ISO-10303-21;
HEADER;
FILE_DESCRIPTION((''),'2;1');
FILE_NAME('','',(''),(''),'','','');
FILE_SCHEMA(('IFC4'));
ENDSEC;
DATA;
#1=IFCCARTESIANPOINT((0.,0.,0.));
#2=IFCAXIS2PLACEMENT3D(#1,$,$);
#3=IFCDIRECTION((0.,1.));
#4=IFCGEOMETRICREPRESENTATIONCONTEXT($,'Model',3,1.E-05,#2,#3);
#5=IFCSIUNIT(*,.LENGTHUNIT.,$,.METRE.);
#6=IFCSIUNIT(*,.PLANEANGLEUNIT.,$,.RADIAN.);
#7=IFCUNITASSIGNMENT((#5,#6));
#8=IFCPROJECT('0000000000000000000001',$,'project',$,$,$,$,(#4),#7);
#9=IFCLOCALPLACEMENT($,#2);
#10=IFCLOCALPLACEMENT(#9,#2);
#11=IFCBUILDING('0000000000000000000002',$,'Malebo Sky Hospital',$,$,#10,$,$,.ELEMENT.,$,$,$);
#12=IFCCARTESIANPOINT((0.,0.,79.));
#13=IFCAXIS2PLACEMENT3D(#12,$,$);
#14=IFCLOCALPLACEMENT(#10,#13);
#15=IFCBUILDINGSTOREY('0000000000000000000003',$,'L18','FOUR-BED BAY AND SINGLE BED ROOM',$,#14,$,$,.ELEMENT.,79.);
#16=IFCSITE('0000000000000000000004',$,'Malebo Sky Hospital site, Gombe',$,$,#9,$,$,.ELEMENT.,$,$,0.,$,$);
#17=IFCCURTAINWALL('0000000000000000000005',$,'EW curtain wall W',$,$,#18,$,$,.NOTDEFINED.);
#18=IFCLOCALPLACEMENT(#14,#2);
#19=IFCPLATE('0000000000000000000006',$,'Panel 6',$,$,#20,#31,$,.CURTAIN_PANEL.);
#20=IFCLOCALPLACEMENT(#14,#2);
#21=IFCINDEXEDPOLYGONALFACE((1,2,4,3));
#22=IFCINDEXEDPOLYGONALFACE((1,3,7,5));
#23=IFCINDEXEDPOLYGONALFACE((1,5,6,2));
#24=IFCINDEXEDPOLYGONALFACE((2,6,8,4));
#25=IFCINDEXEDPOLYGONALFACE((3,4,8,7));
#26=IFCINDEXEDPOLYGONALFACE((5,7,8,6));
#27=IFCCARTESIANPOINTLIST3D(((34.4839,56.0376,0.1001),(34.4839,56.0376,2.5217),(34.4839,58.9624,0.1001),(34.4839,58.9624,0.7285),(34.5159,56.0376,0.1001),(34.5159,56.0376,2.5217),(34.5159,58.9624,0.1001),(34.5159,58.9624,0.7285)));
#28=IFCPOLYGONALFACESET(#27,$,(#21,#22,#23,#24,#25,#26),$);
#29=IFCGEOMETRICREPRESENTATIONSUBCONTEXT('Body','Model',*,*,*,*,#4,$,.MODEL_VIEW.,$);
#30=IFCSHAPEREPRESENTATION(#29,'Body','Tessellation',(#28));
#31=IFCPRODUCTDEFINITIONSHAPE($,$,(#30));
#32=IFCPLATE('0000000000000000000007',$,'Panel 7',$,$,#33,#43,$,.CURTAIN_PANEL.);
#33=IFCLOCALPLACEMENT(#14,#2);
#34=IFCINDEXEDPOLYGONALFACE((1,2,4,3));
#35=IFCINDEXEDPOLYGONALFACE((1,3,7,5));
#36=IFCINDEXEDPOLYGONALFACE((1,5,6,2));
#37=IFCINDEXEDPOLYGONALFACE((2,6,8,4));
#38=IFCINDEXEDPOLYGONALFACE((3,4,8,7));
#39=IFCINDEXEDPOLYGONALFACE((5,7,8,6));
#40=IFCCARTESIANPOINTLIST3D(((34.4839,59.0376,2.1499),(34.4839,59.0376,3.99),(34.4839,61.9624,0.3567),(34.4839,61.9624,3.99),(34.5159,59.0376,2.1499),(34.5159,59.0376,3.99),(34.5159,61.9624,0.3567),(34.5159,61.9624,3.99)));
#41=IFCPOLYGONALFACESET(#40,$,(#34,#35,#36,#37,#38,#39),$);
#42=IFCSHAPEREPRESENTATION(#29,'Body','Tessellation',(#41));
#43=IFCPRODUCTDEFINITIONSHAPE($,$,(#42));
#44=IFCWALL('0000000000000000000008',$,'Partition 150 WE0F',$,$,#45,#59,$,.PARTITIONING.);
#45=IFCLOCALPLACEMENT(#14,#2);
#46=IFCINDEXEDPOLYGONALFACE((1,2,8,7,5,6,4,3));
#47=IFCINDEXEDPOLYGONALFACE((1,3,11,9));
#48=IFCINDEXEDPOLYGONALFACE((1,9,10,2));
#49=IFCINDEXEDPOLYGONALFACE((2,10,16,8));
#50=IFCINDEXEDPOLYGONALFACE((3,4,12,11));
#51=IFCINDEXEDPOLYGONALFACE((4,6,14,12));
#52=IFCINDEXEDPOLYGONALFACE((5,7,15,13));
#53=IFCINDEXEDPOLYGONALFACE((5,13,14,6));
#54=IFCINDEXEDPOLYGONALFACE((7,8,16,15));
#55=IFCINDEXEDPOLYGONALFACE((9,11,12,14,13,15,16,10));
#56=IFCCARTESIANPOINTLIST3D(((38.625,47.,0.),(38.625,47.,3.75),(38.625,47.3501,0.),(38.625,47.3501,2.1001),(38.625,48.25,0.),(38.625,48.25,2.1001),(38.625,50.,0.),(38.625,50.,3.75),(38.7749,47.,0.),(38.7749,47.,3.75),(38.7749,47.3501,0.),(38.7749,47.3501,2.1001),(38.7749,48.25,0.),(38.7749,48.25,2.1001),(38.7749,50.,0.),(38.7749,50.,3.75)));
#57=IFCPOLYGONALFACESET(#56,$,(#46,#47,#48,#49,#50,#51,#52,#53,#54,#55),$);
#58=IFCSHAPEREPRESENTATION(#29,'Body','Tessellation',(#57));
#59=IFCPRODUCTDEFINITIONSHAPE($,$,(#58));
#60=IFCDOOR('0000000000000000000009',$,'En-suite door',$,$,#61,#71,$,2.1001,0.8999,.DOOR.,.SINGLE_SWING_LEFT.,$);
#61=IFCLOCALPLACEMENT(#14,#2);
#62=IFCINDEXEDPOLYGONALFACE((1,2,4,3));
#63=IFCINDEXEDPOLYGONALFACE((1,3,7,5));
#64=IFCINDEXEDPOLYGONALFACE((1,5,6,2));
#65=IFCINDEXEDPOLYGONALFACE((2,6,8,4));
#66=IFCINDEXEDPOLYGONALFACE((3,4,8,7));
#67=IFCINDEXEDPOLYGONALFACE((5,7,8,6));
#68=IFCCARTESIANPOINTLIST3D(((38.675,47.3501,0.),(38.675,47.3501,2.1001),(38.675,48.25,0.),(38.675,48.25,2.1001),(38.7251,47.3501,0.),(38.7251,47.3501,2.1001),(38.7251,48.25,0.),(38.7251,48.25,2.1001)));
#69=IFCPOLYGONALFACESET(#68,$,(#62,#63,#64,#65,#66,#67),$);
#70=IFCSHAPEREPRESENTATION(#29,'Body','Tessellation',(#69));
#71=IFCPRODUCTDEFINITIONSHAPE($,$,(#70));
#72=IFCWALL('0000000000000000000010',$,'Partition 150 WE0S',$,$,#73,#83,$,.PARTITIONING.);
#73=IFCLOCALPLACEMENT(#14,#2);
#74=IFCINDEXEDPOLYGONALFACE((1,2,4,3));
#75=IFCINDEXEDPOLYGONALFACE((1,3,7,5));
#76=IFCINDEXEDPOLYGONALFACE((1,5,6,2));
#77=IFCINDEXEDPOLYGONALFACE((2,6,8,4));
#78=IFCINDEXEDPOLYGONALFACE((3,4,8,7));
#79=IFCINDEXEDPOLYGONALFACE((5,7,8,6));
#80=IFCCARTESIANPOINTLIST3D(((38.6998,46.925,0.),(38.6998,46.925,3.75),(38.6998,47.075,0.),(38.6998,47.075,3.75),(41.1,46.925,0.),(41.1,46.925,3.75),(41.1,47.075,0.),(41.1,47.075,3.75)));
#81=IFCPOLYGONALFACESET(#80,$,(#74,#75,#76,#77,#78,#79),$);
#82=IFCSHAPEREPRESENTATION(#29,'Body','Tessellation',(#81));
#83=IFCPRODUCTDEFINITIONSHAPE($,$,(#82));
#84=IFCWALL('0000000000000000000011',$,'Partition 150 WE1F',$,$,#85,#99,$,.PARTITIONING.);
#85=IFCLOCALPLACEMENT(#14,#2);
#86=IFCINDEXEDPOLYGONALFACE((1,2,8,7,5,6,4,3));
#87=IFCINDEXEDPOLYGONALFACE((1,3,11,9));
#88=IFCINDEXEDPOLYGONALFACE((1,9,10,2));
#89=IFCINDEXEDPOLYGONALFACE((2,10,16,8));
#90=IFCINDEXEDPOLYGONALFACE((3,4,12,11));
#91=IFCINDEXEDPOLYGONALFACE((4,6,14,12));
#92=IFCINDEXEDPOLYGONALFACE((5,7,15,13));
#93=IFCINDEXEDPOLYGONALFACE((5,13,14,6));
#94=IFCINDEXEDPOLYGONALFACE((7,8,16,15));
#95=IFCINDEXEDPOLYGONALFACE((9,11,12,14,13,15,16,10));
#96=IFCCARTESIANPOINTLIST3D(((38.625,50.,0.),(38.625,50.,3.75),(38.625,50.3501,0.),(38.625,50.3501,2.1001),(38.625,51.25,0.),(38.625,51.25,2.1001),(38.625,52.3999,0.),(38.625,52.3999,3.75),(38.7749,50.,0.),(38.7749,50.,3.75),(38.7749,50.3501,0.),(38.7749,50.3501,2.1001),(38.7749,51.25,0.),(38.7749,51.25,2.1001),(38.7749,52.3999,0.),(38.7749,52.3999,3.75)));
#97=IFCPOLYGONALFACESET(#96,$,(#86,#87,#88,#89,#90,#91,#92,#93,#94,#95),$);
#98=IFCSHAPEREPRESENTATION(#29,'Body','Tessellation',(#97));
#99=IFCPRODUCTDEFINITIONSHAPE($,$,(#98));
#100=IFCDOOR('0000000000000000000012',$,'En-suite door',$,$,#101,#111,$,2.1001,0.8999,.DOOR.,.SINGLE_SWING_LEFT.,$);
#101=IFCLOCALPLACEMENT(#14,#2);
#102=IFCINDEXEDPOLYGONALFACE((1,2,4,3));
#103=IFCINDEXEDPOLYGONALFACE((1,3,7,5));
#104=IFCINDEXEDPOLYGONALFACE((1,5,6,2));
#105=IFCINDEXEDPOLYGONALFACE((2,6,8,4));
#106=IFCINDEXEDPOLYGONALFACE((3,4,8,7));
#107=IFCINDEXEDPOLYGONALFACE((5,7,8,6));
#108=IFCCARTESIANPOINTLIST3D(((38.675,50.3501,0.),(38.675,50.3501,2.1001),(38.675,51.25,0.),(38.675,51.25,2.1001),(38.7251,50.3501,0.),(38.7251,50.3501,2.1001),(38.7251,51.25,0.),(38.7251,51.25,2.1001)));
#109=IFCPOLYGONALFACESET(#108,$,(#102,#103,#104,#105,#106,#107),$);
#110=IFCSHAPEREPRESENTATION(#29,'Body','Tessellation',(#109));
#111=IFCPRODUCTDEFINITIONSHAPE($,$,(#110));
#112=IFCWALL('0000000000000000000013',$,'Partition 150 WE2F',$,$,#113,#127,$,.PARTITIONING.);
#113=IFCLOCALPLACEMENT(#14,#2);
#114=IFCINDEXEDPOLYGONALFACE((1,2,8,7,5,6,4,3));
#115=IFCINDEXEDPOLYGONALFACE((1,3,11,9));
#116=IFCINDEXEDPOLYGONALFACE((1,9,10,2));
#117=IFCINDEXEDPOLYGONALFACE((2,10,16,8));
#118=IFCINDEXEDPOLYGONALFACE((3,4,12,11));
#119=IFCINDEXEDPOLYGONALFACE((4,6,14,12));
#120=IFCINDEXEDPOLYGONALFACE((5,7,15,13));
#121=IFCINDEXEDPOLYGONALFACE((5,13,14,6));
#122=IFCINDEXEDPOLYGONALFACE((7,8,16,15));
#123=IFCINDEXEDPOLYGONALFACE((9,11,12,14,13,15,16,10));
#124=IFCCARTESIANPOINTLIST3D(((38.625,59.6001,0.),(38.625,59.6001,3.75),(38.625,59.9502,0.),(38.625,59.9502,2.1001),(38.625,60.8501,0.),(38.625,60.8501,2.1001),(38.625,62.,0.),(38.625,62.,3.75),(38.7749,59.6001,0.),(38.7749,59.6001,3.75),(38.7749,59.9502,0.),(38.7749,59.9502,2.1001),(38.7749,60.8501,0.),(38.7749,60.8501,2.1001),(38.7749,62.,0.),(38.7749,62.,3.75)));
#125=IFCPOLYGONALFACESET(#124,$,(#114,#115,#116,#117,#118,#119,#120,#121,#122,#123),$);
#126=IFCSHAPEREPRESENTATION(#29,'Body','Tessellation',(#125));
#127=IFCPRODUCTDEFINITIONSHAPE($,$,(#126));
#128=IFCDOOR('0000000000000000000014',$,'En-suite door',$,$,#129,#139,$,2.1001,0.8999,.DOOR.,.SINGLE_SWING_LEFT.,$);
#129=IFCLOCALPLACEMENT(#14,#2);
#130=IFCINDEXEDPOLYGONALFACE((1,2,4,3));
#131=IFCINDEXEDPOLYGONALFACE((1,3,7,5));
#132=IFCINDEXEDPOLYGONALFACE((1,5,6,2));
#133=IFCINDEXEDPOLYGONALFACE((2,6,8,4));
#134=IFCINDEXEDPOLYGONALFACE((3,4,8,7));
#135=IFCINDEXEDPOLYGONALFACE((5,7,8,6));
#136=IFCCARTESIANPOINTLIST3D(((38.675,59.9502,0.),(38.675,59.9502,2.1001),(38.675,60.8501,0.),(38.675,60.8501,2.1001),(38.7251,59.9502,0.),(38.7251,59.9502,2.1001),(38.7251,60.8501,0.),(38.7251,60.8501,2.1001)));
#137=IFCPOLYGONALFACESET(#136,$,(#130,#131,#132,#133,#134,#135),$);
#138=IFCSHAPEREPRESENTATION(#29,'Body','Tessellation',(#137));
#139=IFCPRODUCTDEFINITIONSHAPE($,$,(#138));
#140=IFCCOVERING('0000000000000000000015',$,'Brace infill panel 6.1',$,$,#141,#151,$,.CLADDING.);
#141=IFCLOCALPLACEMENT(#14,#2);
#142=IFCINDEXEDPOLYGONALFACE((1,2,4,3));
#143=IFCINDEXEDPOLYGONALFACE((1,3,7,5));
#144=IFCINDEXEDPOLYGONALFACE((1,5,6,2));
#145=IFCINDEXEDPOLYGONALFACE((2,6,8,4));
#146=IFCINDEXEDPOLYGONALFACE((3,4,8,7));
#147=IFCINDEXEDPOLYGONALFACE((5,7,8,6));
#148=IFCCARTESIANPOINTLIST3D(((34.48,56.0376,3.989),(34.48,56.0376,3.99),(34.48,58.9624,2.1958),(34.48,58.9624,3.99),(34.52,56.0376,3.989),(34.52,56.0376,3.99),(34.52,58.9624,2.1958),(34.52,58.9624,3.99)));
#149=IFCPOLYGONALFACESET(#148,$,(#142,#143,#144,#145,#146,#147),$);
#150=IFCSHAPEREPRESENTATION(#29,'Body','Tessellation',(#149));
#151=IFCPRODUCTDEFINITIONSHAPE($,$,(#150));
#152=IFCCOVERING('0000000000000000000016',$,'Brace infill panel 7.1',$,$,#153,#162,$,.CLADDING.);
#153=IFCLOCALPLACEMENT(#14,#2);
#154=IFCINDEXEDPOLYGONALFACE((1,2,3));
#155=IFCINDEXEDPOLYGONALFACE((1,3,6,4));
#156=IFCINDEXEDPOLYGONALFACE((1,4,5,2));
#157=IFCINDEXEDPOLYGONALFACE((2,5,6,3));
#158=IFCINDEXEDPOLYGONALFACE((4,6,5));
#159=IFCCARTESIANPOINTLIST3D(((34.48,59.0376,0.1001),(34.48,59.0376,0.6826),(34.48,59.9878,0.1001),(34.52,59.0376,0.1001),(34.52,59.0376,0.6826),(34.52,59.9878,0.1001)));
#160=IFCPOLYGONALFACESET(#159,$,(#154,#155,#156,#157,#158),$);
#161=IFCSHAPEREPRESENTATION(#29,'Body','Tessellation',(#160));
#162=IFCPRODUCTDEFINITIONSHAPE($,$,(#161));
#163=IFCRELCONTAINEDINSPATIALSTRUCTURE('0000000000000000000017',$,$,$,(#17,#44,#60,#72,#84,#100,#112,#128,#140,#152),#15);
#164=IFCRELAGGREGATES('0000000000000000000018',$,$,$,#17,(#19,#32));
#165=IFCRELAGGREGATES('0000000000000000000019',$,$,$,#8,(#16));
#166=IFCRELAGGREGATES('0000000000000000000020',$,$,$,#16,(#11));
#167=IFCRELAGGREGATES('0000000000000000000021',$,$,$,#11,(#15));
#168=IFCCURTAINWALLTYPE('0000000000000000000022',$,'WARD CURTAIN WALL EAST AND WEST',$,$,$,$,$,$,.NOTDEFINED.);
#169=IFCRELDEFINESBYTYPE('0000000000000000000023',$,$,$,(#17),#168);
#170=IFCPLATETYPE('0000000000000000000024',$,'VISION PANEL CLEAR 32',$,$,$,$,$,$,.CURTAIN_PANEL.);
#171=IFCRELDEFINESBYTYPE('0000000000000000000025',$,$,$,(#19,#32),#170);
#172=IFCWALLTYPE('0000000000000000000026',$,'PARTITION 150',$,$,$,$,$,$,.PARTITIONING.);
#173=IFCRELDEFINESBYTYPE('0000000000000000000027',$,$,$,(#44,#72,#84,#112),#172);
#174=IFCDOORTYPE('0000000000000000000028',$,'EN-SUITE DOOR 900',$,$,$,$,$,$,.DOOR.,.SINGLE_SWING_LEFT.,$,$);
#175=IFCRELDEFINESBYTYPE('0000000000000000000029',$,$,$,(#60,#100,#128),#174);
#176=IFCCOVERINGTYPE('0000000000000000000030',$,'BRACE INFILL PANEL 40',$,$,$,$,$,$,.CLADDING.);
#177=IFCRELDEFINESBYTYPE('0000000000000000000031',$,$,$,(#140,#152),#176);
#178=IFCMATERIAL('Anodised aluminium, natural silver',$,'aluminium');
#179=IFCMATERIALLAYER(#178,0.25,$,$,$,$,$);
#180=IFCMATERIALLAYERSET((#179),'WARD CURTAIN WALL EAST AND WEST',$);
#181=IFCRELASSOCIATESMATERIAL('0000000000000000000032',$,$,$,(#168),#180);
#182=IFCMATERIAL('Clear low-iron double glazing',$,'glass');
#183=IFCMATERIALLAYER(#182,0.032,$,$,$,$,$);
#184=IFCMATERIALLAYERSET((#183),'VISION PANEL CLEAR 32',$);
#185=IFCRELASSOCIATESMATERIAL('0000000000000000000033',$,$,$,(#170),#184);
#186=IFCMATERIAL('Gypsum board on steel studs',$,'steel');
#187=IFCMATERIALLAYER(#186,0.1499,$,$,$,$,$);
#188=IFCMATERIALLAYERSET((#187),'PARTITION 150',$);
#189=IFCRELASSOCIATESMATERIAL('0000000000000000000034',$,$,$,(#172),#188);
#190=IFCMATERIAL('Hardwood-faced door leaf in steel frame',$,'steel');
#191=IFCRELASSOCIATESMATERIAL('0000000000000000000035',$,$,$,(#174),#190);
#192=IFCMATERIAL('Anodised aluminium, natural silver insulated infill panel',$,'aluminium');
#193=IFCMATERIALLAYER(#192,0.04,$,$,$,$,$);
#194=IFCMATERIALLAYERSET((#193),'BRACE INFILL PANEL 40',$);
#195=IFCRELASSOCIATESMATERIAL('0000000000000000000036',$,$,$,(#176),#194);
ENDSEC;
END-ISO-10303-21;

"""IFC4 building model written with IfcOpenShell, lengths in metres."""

from ifc_helpers import new_model, si_unit, direction, frame, frame_2d, origin, place, context, subcontext, project, spatial, polyline, rectangle, outline, extrude, material, layer, layer_set, type_object, element, fill, aggregate, save


model = new_model("IFC4")

# Units and contexts
model_context = context("Model", 3, precision=1e-05, world=origin(), true_north=direction((0.0, 1.0)))
body_context = subcontext(model_context, "Body", "Model", "MODEL_VIEW")
ifc_project = project(units=[si_unit("LENGTHUNIT", "METRE"), si_unit("PLANEANGLEUNIT", "RADIAN")], contexts=[model_context])

# Site, building, storey
site_placement = place(None, origin())
site = spatial("IfcSite", under=ifc_project, at=site_placement, Name="Malebo Sky Hospital site, Gombe", CompositionType="ELEMENT", RefElevation=0.0)
building_placement = place(site_placement, origin())
building = spatial("IfcBuilding", under=site, at=building_placement, Name="Malebo Sky Hospital", CompositionType="ELEMENT")
storey_placement = place(building_placement, frame((0.0, 0.0, 79.0)))
storey = spatial("IfcBuildingStorey", under=building, at=storey_placement, Name="L18", Description="FOUR-BED BAY AND SINGLE BED ROOM", CompositionType="ELEMENT", Elevation=79.0)

# Curtain wall
ifc_material_1 = material(Name="Anodised aluminium, natural silver", Category="aluminium")
ifc_layer_1 = layer(ifc_material_1, 0.25)
ifc_layer_set_1 = layer_set([ifc_layer_1], Name="WARD CURTAIN WALL EAST AND WEST")
curtain_wall_type = type_object("IfcCurtainWallType", Name="WARD CURTAIN WALL EAST AND WEST", PredefinedType="NOTDEFINED", material=ifc_layer_set_1)
curtain_wall_placement = place(storey_placement, origin())
curtain_wall = element("IfcCurtainWall", 1, at=curtain_wall_placement, inside=storey, type_object=curtain_wall_type, Name="EW curtain wall W", PredefinedType="NOTDEFINED")

# Plates
ifc_material_2 = material(Name="Clear low-iron double glazing", Category="glass")
ifc_layer_2 = layer(ifc_material_2, 0.032)
ifc_layer_set_2 = layer_set([ifc_layer_2], Name="VISION PANEL CLEAR 32")
plate_type = type_object("IfcPlateType", Name="VISION PANEL CLEAR 32", PredefinedType="CURTAIN_PANEL", material=ifc_layer_set_2)
plate_1_placement = place(storey_placement, frame((34.5, 57.5, 0.1001), z_axis=(0.0, 0.0, 1.0), x_axis=(0.0, 1.0, 0.0)))
plate_1 = element("IfcPlate", 2, at=plate_1_placement, type_object=plate_type, Name="Panel 6", PredefinedType="CURTAIN_PANEL", context=body_context, shape_type="SweptSolid", body=[
    extrude(outline(polyline([(-1.4624, 0.0), (1.4624, 0.0), (1.4624, 0.6284), (-1.4624, 2.4216), (-1.4624, 0.0)])), frame((0.0, 0.0161, 0.0), z_axis=(0.0, -1.0, 0.0), x_axis=(1.0, 0.0, 0.0)), (0.0, 0.0, 1.0), 0.032),
])
plate_2_placement = place(storey_placement, frame((34.5, 60.5, 0.3567), z_axis=(0.0, 0.0, 1.0), x_axis=(0.0, 1.0, 0.0)))
plate_2 = element("IfcPlate", 3, at=plate_2_placement, type_object=plate_type, Name="Panel 7", PredefinedType="CURTAIN_PANEL", context=body_context, shape_type="SweptSolid", body=[
    extrude(outline(polyline([(1.4624, 0.0), (1.4624, 3.6333), (-1.4624, 3.6333), (-1.4624, 1.7932), (1.4624, 0.0)])), frame((0.0, 0.0161, 0.0), z_axis=(0.0, -1.0, 0.0), x_axis=(1.0, 0.0, 0.0)), (0.0, 0.0, 1.0), 0.032),
])
aggregate(curtain_wall, [plate_1, plate_2])

# Wall, opening, door
ifc_material_3 = material(Name="Gypsum board on steel studs", Category="steel")
ifc_layer_3 = layer(ifc_material_3, 0.1499)
ifc_layer_set_3 = layer_set([ifc_layer_3], Name="PARTITION 150")
wall_type = type_object("IfcWallType", Name="PARTITION 150", PredefinedType="PARTITIONING", material=ifc_layer_set_3)
wall_1_placement = place(storey_placement, frame((38.7, 47.0, 0.0), z_axis=(0.0, 0.0, 1.0), x_axis=(0.0, 1.0, 0.0)))
wall_1 = element("IfcWall", 4, at=wall_1_placement, inside=storey, type_object=wall_type, Name="Partition 150 WE0F", PredefinedType="PARTITIONING", context=body_context, shape_type="SweptSolid", body=[
    extrude(rectangle(XDim=3.0, YDim=0.1499, at=frame_2d((1.5, 0.0))), origin(), (0.0, 0.0, 1.0), 3.75),
])
opening_1_placement = place(wall_1_placement, frame((0.3501, 0.0, 0.0)))
opening_1 = element("IfcOpeningElement", 5, at=opening_1_placement, cuts=wall_1, PredefinedType="OPENING", context=body_context, shape_type="SweptSolid", body=[
    extrude(rectangle(XDim=0.8999, YDim=2.1001, at=frame_2d((0.45, 1.05))), frame((0.0, 0.085, 0.0), z_axis=(0.0, -1.0, 0.0), x_axis=(1.0, 0.0, 0.0)), (0.0, 0.0, 1.0), 0.1699),
])
ifc_material_4 = material(Name="Hardwood-faced door leaf in steel frame", Category="steel")
door_type = type_object("IfcDoorType", Name="EN-SUITE DOOR 900", OperationType="SINGLE_SWING_LEFT", PredefinedType="DOOR", material=ifc_material_4)
door_1_placement = place(opening_1_placement, origin())
door_1 = element("IfcDoor", 6, at=door_1_placement, inside=storey, type_object=door_type, Name="En-suite door", OperationType="SINGLE_SWING_LEFT", OverallHeight=2.1001, OverallWidth=0.8999, PredefinedType="DOOR", context=body_context, shape_type="SweptSolid", body=[
    extrude(rectangle(XDim=0.8999, YDim=2.1001, at=frame_2d((0.45, 1.05))), frame((0.0, 0.0249, 0.0), z_axis=(0.0, -1.0, 0.0), x_axis=(1.0, 0.0, 0.0)), (0.0, 0.0, 1.0), 0.05),
])
fill(opening_1, door_1)

# Wall
wall_2_placement = place(storey_placement, frame((41.1001, 47.0, 0.0), z_axis=(0.0, 0.0, 1.0), x_axis=(-1.0, 0.0, 0.0)))
element("IfcWall", 7, at=wall_2_placement, inside=storey, type_object=wall_type, Name="Partition 150 WE0S", PredefinedType="PARTITIONING", context=body_context, shape_type="SweptSolid", body=[
    extrude(rectangle(XDim=2.4001, YDim=0.1499, at=frame_2d((1.2002, 0.0))), origin(), (0.0, 0.0, 1.0), 3.75),
])

# Walls, openings, doors
wall_3_placement = place(storey_placement, frame((38.7, 50.0, 0.0), z_axis=(0.0, 0.0, 1.0), x_axis=(0.0, 1.0, 0.0)))
wall_3 = element("IfcWall", 8, at=wall_3_placement, inside=storey, type_object=wall_type, Name="Partition 150 WE1F", PredefinedType="PARTITIONING", context=body_context, shape_type="SweptSolid", body=[
    extrude(rectangle(XDim=2.3999, YDim=0.1499, at=frame_2d((1.2, 0.0))), origin(), (0.0, 0.0, 1.0), 3.75),
])
opening_2_placement = place(wall_3_placement, frame((0.3501, 0.0, 0.0)))
opening_2 = element("IfcOpeningElement", 9, at=opening_2_placement, cuts=wall_3, PredefinedType="OPENING", context=body_context, shape_type="SweptSolid", body=[
    extrude(rectangle(XDim=0.8999, YDim=2.1001, at=frame_2d((0.45, 1.05))), frame((0.0, 0.085, 0.0), z_axis=(0.0, -1.0, 0.0), x_axis=(1.0, 0.0, 0.0)), (0.0, 0.0, 1.0), 0.1699),
])
door_2_placement = place(opening_2_placement, origin())
door_2 = element("IfcDoor", 10, at=door_2_placement, inside=storey, type_object=door_type, Name="En-suite door", OperationType="SINGLE_SWING_LEFT", OverallHeight=2.1001, OverallWidth=0.8999, PredefinedType="DOOR", context=body_context, shape_type="SweptSolid", body=[
    extrude(rectangle(XDim=0.8999, YDim=2.1001, at=frame_2d((0.45, 1.05))), frame((0.0, 0.0249, 0.0), z_axis=(0.0, -1.0, 0.0), x_axis=(1.0, 0.0, 0.0)), (0.0, 0.0, 1.0), 0.05),
])
fill(opening_2, door_2)
wall_4_placement = place(storey_placement, frame((38.7, 59.6001, 0.0), z_axis=(0.0, 0.0, 1.0), x_axis=(0.0, 1.0, 0.0)))
wall_4 = element("IfcWall", 11, at=wall_4_placement, inside=storey, type_object=wall_type, Name="Partition 150 WE2F", PredefinedType="PARTITIONING", context=body_context, shape_type="SweptSolid", body=[
    extrude(rectangle(XDim=2.3999, YDim=0.1499, at=frame_2d((1.2, 0.0))), origin(), (0.0, 0.0, 1.0), 3.75),
])
opening_3_placement = place(wall_4_placement, frame((0.3501, 0.0, 0.0)))
opening_3 = element("IfcOpeningElement", 12, at=opening_3_placement, cuts=wall_4, PredefinedType="OPENING", context=body_context, shape_type="SweptSolid", body=[
    extrude(rectangle(XDim=0.8999, YDim=2.1001, at=frame_2d((0.45, 1.05))), frame((0.0, 0.085, 0.0), z_axis=(0.0, -1.0, 0.0), x_axis=(1.0, 0.0, 0.0)), (0.0, 0.0, 1.0), 0.1699),
])
door_3_placement = place(opening_3_placement, origin())
door_3 = element("IfcDoor", 13, at=door_3_placement, inside=storey, type_object=door_type, Name="En-suite door", OperationType="SINGLE_SWING_LEFT", OverallHeight=2.1001, OverallWidth=0.8999, PredefinedType="DOOR", context=body_context, shape_type="SweptSolid", body=[
    extrude(rectangle(XDim=0.8999, YDim=2.1001, at=frame_2d((0.45, 1.05))), frame((0.0, 0.0249, 0.0), z_axis=(0.0, -1.0, 0.0), x_axis=(1.0, 0.0, 0.0)), (0.0, 0.0, 1.0), 0.05),
])
fill(opening_3, door_3)

# Coverings
ifc_material_5 = material(Name="Anodised aluminium, natural silver insulated infill panel", Category="aluminium")
ifc_layer_4 = layer(ifc_material_5, 0.04)
ifc_layer_set_4 = layer_set([ifc_layer_4], Name="BRACE INFILL PANEL 40")
covering_type = type_object("IfcCoveringType", Name="BRACE INFILL PANEL 40", PredefinedType="CLADDING", material=ifc_layer_set_4)
covering_1_placement = place(storey_placement, frame((34.5, 57.5, 2.1958), z_axis=(0.0, 0.0, 1.0), x_axis=(0.0, 1.0, 0.0)))
element("IfcCovering", 14, at=covering_1_placement, inside=storey, type_object=covering_type, Name="Brace infill panel 6.1", PredefinedType="CLADDING", context=body_context, shape_type="SweptSolid", body=[
    extrude(outline(polyline([(1.4624, 0.0), (1.4624, 1.7942), (-1.4624, 1.7942), (-1.4624, 1.7932), (1.4624, 0.0)])), frame((0.0, 0.02, 0.0), z_axis=(0.0, -1.0, 0.0), x_axis=(1.0, 0.0, 0.0)), (0.0, 0.0, 1.0), 0.04),
])
covering_2_placement = place(storey_placement, frame((34.5, 59.5127, 0.1001), z_axis=(0.0, 0.0, 1.0), x_axis=(0.0, 1.0, 0.0)))
element("IfcCovering", 15, at=covering_2_placement, inside=storey, type_object=covering_type, Name="Brace infill panel 7.1", PredefinedType="CLADDING", context=body_context, shape_type="SweptSolid", body=[
    extrude(outline(polyline([(-0.4751, 0.0), (0.4751, 0.0), (-0.4751, 0.5825), (-0.4751, 0.0)])), frame((0.0, 0.02, 0.0), z_axis=(0.0, -1.0, 0.0), x_axis=(1.0, 0.0, 0.0)), (0.0, 0.0, 1.0), 0.04),
])

save(model, "model.ifc")
